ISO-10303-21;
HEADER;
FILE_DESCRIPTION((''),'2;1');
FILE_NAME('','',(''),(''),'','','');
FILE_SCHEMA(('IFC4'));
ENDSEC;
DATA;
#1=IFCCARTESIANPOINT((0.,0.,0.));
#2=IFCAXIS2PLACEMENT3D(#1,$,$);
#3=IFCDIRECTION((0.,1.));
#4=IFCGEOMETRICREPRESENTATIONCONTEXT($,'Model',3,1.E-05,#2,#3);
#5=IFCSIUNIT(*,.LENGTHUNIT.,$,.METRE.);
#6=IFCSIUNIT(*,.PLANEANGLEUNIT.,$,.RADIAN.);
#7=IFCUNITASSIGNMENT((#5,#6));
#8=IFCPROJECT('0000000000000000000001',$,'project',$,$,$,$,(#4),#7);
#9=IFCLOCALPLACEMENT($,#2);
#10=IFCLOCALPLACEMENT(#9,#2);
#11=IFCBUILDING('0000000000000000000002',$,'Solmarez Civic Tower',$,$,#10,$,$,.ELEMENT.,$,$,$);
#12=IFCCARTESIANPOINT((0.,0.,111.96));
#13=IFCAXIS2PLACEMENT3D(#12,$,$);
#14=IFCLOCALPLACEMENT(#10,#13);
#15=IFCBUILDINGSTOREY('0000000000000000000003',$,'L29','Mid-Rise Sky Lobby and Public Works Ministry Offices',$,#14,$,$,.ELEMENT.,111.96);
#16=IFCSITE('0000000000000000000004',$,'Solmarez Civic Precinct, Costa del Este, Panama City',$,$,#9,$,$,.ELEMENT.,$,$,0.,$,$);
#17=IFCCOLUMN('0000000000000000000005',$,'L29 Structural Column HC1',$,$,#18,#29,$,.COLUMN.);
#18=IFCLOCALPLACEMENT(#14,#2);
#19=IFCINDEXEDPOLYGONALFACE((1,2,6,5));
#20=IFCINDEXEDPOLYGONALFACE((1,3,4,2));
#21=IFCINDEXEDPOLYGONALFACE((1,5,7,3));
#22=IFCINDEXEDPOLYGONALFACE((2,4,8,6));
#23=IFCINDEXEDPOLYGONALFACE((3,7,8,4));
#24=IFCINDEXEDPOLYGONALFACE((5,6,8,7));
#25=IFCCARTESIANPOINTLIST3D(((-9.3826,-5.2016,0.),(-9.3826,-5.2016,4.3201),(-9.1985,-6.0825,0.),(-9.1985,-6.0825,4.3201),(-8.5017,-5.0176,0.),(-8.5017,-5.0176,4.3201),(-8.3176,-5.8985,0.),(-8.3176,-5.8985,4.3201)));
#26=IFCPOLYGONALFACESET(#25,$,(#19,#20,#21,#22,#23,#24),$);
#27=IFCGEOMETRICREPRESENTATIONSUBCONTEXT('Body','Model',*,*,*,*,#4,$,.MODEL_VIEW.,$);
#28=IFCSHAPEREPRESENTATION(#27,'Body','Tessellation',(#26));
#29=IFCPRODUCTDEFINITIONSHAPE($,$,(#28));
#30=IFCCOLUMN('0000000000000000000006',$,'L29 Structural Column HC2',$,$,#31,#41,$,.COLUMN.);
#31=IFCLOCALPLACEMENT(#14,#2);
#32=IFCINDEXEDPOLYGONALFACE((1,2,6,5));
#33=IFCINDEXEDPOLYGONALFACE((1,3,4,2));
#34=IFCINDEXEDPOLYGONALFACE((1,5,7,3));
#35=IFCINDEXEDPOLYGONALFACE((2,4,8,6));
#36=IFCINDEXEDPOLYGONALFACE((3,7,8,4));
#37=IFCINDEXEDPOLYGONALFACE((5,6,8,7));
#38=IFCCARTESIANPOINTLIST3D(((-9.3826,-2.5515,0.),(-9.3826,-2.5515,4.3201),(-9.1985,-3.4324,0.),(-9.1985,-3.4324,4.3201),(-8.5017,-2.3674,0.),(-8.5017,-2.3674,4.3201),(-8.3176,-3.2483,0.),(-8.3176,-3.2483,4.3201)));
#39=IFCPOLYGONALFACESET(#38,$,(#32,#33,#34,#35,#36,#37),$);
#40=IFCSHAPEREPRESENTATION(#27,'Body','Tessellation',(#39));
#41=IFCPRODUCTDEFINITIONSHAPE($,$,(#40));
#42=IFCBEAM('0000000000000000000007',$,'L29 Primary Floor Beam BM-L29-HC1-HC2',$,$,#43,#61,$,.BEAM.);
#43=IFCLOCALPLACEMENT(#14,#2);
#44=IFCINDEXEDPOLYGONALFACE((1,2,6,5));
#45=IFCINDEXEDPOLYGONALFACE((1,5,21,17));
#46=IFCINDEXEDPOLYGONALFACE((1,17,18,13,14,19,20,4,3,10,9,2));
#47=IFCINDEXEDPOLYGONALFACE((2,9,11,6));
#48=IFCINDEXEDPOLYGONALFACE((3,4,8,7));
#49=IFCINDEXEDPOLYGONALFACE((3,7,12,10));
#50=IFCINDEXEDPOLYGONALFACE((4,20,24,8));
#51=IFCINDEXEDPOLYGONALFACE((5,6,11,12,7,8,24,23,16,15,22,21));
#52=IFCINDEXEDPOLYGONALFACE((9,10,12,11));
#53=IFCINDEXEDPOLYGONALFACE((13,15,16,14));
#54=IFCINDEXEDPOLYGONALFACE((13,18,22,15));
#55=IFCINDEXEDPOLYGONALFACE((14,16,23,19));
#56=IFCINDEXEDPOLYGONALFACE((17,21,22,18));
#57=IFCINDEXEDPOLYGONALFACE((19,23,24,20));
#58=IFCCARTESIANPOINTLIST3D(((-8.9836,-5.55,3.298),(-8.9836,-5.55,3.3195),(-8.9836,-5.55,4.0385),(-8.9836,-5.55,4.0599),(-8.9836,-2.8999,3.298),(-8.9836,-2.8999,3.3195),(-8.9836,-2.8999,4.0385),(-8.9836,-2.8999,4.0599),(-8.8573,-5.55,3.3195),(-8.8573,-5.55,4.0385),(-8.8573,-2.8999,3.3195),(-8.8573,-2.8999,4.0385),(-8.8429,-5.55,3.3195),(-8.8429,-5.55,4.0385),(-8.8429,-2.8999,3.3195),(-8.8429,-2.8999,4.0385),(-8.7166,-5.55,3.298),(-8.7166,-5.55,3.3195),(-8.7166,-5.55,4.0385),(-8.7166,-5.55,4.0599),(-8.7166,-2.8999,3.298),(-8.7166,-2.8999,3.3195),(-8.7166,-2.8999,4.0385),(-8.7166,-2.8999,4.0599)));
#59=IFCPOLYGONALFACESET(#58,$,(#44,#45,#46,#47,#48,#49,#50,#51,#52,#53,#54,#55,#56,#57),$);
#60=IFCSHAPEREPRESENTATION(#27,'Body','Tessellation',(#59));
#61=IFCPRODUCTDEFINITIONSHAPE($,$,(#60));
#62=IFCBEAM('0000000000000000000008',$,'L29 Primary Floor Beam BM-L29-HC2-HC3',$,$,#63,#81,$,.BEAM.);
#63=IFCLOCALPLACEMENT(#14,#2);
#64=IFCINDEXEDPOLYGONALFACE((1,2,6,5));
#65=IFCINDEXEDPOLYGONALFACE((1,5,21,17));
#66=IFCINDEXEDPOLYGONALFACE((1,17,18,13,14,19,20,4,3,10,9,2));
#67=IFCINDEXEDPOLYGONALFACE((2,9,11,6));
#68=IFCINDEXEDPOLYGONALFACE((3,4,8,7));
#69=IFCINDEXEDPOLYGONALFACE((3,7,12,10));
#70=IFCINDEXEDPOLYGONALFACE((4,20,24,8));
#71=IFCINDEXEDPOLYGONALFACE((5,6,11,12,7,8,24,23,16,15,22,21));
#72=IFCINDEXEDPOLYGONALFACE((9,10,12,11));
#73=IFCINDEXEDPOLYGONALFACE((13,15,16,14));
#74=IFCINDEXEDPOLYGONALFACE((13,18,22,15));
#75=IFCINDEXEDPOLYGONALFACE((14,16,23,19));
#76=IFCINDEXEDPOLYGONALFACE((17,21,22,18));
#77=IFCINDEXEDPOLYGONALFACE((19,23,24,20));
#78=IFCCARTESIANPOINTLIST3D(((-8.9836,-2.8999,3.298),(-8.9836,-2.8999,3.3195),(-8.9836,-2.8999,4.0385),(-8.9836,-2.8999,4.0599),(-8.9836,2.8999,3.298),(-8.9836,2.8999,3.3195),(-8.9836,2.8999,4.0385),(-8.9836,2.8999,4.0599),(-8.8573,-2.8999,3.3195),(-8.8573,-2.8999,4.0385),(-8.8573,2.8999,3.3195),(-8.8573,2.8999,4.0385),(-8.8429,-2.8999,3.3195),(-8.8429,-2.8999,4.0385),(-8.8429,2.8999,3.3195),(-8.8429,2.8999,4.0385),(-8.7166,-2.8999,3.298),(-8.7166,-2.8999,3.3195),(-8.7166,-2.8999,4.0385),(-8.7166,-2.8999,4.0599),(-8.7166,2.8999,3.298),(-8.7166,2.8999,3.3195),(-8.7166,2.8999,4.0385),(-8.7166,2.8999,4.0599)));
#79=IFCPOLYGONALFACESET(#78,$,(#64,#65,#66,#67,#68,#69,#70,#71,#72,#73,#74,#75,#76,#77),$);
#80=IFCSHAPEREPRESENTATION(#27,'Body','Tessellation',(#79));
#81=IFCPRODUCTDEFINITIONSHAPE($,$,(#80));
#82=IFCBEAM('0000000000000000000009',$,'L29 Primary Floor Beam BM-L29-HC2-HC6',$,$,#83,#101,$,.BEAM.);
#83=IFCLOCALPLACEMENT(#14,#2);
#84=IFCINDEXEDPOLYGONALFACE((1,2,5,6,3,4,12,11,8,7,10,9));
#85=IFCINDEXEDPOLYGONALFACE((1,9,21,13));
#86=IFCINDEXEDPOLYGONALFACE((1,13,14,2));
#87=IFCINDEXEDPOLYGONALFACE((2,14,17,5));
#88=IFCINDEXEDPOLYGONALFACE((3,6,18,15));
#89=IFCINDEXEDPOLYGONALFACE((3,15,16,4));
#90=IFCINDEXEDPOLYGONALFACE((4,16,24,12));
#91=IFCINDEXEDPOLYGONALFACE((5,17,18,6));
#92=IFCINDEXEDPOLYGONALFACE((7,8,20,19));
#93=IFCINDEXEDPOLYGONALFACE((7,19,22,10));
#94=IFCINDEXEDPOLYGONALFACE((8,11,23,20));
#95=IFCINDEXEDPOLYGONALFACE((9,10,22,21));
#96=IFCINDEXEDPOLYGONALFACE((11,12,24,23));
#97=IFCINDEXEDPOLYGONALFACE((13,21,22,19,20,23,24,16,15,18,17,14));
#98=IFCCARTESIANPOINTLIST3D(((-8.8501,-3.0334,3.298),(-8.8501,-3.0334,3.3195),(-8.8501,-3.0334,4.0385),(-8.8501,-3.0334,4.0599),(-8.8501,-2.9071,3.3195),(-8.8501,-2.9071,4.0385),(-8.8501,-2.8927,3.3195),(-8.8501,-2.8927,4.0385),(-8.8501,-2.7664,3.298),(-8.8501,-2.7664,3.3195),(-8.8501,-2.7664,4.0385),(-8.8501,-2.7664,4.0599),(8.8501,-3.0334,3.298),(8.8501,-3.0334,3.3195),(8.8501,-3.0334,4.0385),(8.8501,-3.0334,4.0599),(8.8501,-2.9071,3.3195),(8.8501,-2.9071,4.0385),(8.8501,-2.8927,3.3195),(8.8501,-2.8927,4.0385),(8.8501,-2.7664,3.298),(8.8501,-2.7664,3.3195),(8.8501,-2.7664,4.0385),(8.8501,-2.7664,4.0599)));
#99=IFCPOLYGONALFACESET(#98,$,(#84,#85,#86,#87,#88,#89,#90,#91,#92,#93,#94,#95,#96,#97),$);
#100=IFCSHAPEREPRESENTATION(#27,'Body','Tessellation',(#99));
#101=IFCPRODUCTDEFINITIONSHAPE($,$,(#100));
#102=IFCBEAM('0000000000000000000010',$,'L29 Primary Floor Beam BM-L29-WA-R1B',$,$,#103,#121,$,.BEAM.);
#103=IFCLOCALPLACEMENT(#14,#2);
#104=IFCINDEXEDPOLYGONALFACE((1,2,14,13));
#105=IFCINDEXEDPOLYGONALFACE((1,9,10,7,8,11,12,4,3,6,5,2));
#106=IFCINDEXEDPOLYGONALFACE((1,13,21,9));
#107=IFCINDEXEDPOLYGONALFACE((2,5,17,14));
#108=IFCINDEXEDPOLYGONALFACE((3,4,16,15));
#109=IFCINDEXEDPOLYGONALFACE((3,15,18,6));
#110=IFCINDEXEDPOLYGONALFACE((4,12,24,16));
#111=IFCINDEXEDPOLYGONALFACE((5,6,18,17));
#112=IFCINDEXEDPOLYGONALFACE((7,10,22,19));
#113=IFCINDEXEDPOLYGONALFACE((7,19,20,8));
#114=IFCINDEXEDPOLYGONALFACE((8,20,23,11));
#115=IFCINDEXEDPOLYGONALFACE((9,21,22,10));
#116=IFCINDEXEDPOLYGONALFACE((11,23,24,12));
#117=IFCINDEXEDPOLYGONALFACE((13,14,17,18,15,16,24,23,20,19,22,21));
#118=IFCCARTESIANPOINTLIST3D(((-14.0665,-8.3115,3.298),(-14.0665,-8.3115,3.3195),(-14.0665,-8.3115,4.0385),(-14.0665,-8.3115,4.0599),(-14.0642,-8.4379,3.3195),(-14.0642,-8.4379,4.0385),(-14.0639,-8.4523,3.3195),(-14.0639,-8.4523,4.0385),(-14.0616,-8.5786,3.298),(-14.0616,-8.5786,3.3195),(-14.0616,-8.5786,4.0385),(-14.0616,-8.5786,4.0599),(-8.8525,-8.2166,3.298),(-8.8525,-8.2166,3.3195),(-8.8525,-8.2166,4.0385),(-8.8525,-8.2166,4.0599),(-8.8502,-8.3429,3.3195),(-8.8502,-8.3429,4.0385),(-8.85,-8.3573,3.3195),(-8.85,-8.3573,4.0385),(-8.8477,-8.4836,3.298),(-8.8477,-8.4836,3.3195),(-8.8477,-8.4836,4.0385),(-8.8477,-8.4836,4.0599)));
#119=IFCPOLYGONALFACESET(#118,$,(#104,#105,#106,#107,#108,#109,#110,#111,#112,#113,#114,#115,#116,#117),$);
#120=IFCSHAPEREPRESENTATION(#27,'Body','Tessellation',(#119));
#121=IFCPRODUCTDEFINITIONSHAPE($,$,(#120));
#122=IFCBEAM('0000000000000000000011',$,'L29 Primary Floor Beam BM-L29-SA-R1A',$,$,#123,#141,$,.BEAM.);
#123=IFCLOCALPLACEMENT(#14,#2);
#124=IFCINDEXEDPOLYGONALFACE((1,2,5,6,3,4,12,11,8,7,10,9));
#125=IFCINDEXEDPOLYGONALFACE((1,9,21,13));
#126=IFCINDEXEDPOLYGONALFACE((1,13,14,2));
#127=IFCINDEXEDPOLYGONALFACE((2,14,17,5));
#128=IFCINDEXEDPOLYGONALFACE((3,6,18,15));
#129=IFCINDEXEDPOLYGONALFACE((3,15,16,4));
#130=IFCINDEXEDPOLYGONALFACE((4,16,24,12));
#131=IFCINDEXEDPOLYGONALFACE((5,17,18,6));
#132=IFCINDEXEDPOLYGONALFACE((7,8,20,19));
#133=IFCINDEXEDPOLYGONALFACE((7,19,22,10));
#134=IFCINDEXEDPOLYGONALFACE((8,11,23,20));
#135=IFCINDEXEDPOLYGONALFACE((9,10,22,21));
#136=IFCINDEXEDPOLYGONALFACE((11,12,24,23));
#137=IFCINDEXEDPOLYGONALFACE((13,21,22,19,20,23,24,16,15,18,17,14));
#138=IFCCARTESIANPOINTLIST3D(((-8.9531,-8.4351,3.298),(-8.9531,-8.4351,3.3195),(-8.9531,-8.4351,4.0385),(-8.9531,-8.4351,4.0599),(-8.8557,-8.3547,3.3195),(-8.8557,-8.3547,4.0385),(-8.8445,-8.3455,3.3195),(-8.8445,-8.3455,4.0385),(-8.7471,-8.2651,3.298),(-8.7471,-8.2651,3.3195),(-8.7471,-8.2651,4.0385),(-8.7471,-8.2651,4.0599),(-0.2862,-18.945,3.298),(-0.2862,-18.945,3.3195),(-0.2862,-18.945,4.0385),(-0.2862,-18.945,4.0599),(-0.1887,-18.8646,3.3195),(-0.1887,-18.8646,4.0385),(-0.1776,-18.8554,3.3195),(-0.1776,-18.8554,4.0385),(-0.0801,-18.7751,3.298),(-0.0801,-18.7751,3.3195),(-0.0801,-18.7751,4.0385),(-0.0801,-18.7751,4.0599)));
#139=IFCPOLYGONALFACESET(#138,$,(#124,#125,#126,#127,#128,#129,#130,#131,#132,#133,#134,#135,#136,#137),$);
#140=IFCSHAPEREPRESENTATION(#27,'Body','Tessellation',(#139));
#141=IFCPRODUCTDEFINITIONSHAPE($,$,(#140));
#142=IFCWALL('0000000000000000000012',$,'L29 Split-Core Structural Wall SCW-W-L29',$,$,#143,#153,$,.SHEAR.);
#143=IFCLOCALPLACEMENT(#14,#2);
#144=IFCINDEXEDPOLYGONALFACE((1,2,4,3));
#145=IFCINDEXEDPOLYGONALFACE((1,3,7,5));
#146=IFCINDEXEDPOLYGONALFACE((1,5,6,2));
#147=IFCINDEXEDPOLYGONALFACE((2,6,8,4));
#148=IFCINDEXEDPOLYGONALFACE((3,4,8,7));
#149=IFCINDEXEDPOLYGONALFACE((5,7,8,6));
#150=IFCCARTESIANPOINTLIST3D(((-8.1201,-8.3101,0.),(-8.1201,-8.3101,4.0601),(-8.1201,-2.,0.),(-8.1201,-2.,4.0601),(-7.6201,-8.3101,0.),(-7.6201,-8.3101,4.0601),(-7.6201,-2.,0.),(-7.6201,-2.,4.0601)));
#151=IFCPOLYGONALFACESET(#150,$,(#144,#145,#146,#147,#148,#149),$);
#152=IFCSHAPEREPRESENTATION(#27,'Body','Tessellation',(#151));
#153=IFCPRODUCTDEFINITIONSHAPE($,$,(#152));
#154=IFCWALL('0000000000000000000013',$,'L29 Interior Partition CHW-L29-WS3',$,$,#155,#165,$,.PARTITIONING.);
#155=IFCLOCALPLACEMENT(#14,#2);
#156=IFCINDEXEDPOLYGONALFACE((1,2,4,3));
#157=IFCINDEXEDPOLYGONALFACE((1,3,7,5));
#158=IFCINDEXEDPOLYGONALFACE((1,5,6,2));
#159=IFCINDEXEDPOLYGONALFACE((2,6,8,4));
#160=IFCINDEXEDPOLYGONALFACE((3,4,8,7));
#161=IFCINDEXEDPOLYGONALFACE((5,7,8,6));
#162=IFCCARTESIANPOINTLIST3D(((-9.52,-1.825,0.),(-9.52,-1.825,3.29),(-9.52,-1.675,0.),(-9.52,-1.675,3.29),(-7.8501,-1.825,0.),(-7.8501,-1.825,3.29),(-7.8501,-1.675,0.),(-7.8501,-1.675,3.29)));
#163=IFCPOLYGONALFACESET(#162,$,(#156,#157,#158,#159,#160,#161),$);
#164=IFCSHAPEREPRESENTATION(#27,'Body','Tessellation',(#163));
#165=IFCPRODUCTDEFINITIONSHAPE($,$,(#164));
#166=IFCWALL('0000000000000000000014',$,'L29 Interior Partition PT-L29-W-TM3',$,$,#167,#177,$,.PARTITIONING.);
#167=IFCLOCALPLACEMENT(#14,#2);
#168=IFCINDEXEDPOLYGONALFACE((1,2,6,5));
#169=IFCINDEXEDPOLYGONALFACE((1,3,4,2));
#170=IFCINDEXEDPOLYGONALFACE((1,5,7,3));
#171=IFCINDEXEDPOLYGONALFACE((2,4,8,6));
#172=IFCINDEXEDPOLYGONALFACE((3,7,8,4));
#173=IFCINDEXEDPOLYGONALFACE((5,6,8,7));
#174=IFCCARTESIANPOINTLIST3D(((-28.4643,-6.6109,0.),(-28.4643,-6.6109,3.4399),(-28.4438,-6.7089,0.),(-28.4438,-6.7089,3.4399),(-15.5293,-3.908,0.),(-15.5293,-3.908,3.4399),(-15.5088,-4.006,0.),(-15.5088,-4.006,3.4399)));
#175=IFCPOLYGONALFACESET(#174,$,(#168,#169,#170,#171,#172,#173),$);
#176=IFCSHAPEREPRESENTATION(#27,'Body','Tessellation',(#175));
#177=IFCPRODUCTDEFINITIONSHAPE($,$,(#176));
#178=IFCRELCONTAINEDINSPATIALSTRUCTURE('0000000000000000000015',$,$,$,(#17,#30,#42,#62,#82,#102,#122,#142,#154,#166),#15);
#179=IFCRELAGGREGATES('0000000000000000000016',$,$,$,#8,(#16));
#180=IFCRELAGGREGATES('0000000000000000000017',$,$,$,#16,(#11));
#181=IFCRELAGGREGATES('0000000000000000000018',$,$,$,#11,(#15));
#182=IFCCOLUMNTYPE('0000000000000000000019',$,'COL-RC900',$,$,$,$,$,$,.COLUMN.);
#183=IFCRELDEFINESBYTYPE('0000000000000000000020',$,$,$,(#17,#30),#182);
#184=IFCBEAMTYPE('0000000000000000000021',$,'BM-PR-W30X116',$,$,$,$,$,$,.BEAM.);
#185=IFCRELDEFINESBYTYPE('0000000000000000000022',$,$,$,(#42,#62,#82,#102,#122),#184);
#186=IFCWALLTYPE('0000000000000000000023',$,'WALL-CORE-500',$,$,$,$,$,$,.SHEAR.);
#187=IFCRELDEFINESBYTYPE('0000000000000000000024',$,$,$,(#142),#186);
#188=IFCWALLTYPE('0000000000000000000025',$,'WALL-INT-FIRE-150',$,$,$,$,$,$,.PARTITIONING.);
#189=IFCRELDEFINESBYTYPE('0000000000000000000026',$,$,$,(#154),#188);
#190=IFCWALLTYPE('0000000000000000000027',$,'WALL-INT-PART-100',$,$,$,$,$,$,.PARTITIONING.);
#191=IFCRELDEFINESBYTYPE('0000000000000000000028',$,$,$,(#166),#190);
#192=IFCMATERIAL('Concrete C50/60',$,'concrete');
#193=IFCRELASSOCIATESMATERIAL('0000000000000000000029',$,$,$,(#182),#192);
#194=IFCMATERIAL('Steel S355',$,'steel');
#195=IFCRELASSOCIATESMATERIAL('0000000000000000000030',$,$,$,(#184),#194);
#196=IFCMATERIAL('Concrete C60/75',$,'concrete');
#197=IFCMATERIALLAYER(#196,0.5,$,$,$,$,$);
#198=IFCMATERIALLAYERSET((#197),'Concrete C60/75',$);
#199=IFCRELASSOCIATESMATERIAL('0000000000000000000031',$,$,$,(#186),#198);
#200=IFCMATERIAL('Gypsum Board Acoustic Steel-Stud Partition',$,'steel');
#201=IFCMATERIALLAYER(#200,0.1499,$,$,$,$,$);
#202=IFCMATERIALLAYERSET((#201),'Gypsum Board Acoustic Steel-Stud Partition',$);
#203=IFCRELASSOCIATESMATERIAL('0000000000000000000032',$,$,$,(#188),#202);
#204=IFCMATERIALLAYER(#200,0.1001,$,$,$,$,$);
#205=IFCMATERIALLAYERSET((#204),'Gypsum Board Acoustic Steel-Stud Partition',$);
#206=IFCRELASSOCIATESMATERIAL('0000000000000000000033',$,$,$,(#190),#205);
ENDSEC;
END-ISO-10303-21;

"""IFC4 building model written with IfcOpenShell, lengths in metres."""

from ifc_helpers import new_model, si_unit, direction, frame, frame_2d, origin, origin_2d, place, context, subcontext, project, spatial, rectangle, i_section, extrude, material, layer, layer_set, material_profile, profile_set, type_object, element, save


model = new_model("IFC4")

# Units and contexts
model_context = context("Model", 3, precision=1e-05, world=origin(), true_north=direction((0.0, 1.0)))
body_context = subcontext(model_context, "Body", "Model", "MODEL_VIEW")
ifc_project = project(units=[si_unit("LENGTHUNIT", "METRE"), si_unit("PLANEANGLEUNIT", "RADIAN")], contexts=[model_context])

# Site, building, storey
site_placement = place(None, origin())
site = spatial("IfcSite", under=ifc_project, at=site_placement, Name="Solmarez Civic Precinct, Costa del Este, Panama City", CompositionType="ELEMENT", RefElevation=0.0)
building_placement = place(site_placement, origin())
building = spatial("IfcBuilding", under=site, at=building_placement, Name="Solmarez Civic Tower", CompositionType="ELEMENT")
storey_placement = place(building_placement, frame((0.0, 0.0, 111.96)))
storey = spatial("IfcBuildingStorey", under=building, at=storey_placement, Name="L29", Description="Mid-Rise Sky Lobby and Public Works Ministry Offices", CompositionType="ELEMENT", Elevation=111.96)

# Columns
ifc_material_1 = material(Name="Concrete C50/60", Category="concrete")
ifc_material_profile_1 = material_profile(ifc_material_1, rectangle(XDim=0.8999, YDim=0.8999, at=origin_2d()), Name="RC900X900")
ifc_profile_set_1 = profile_set([ifc_material_profile_1], Name="Concrete C50/60")
column_type = type_object("IfcColumnType", Name="COL-RC900", PredefinedType="COLUMN", material=ifc_profile_set_1)
for number, where, z_axis, x_axis, name in (
    (1, (-8.8501, -5.55, 0.0), (0.0, 0.0, 1.0), (0.978867, 0.204496, 0.0), "L29 Structural Column HC1"),
    (2, (-8.8501, -2.8999, 0.0), (0.0, 0.0, 1.0), (0.978867, 0.204496, 0.0), "L29 Structural Column HC2"),
):
    element("IfcColumn", number, at=place(storey_placement, frame(where, z_axis=z_axis, x_axis=x_axis)), inside=storey, type_object=column_type, Name=name, PredefinedType="COLUMN", context=body_context, shape_type="SweptSolid", body=[
        extrude(rectangle(XDim=0.8999, YDim=0.8999, at=origin_2d()), origin(), (0.0, 0.0, 1.0), 4.3201),
    ])

# Beams
ifc_material_2 = material(Name="Steel S355", Category="steel")
ifc_material_profile_2 = material_profile(ifc_material_2, i_section(OverallWidth=0.2671, OverallDepth=0.762, WebThickness=0.0144, FlangeThickness=0.0215, at=origin_2d()), Name="W30X116")
ifc_profile_set_2 = profile_set([ifc_material_profile_2], Name="Steel S355")
beam_type = type_object("IfcBeamType", Name="BM-PR-W30X116", PredefinedType="BEAM", material=ifc_profile_set_2)
beam_1_placement = place(storey_placement, frame((-8.8501, -5.55, 3.679), z_axis=(0.0, 1.0, 0.0), x_axis=(-1.0, 0.0, 0.0)))
element("IfcBeam", 3, at=beam_1_placement, inside=storey, type_object=beam_type, Name="L29 Primary Floor Beam BM-L29-HC1-HC2", PredefinedType="BEAM", context=body_context, shape_type="SweptSolid", body=[
    extrude(i_section(OverallWidth=0.2671, OverallDepth=0.762, WebThickness=0.0144, FlangeThickness=0.0215, at=origin_2d()), origin(), (0.0, 0.0, 1.0), 2.6501),
])
beam_2_placement = place(storey_placement, frame((-8.8501, -2.8999, 3.679), z_axis=(0.0, 1.0, 0.0), x_axis=(-1.0, 0.0, 0.0)))
element("IfcBeam", 4, at=beam_2_placement, inside=storey, type_object=beam_type, Name="L29 Primary Floor Beam BM-L29-HC2-HC3", PredefinedType="BEAM", context=body_context, shape_type="SweptSolid", body=[
    extrude(i_section(OverallWidth=0.2671, OverallDepth=0.762, WebThickness=0.0144, FlangeThickness=0.0215, at=origin_2d()), origin(), (0.0, 0.0, 1.0), 5.7998),
])
beam_3_placement = place(storey_placement, frame((-8.8501, -2.8999, 3.679), z_axis=(1.0, 0.0, 0.0), x_axis=(0.0, 1.0, 0.0)))
element("IfcBeam", 5, at=beam_3_placement, inside=storey, type_object=beam_type, Name="L29 Primary Floor Beam BM-L29-HC2-HC6", PredefinedType="BEAM", context=body_context, shape_type="SweptSolid", body=[
    extrude(i_section(OverallWidth=0.2671, OverallDepth=0.762, WebThickness=0.0144, FlangeThickness=0.0215, at=origin_2d()), origin(), (0.0, 0.0, 1.0), 17.7002),
])
beam_4_placement = place(storey_placement, frame((-8.8501, -8.3501, 3.679), z_axis=(-0.999834, -0.018212, 0.0), x_axis=(0.018212, -0.999834, 0.0)))
element("IfcBeam", 6, at=beam_4_placement, inside=storey, type_object=beam_type, Name="L29 Primary Floor Beam BM-L29-WA-R1B", PredefinedType="BEAM", context=body_context, shape_type="SweptSolid", body=[
    extrude(i_section(OverallWidth=0.2671, OverallDepth=0.762, WebThickness=0.0144, FlangeThickness=0.0215, at=origin_2d()), origin(), (0.0, 0.0, 1.0), 5.2148),
])
beam_5_placement = place(storey_placement, frame((-8.8501, -8.3501, 3.679), z_axis=(0.636218, -0.771509, 0.0), x_axis=(0.771509, 0.636218, 0.0)))
element("IfcBeam", 7, at=beam_5_placement, inside=storey, type_object=beam_type, Name="L29 Primary Floor Beam BM-L29-SA-R1A", PredefinedType="BEAM", context=body_context, shape_type="SweptSolid", body=[
    extrude(i_section(OverallWidth=0.2671, OverallDepth=0.762, WebThickness=0.0144, FlangeThickness=0.0215, at=origin_2d()), origin(), (0.0, 0.0, 1.0), 13.6226),
])

# Shared definitions
ifc_material_3 = material(Name="Concrete C60/75", Category="concrete")
ifc_layer_1 = layer(ifc_material_3, 0.5)
ifc_layer_set_1 = layer_set([ifc_layer_1], Name="Concrete C60/75")
wall_type_1 = type_object("IfcWallType", Name="WALL-CORE-500", PredefinedType="SHEAR", material=ifc_layer_set_1)

# Walls
wall_1_placement = place(storey_placement, frame((-7.8701, -8.3101, 0.0), z_axis=(0.0, 0.0, 1.0), x_axis=(0.0, 1.0, 0.0)))
element("IfcWall", 8, at=wall_1_placement, inside=storey, type_object=wall_type_1, Name="L29 Split-Core Structural Wall SCW-W-L29", PredefinedType="SHEAR", context=body_context, shape_type="SweptSolid", body=[
    extrude(rectangle(XDim=6.3101, YDim=0.5, at=frame_2d((3.155, 0.0))), origin(), (0.0, 0.0, 1.0), 4.0601),
])
ifc_material_4 = material(Name="Gypsum Board Acoustic Steel-Stud Partition", Category="steel")
ifc_layer_2 = layer(ifc_material_4, 0.1499)
ifc_layer_set_2 = layer_set([ifc_layer_2], Name="Gypsum Board Acoustic Steel-Stud Partition")
wall_type_2 = type_object("IfcWallType", Name="WALL-INT-FIRE-150", PredefinedType="PARTITIONING", material=ifc_layer_set_2)
wall_2_placement = place(storey_placement, frame((-7.8501, -1.75, 0.0), z_axis=(0.0, 0.0, 1.0), x_axis=(-1.0, 0.0, 0.0)))
element("IfcWall", 9, at=wall_2_placement, inside=storey, type_object=wall_type_2, Name="L29 Interior Partition CHW-L29-WS3", PredefinedType="PARTITIONING", context=body_context, shape_type="SweptSolid", body=[
    extrude(rectangle(XDim=1.6699, YDim=0.1499, at=frame_2d((0.835, 0.0))), origin(), (0.0, 0.0, 1.0), 3.29),
])
ifc_layer_3 = layer(ifc_material_4, 0.1001)
ifc_layer_set_3 = layer_set([ifc_layer_3], Name="Gypsum Board Acoustic Steel-Stud Partition")
wall_type_3 = type_object("IfcWallType", Name="WALL-INT-PART-100", PredefinedType="PARTITIONING", material=ifc_layer_set_3)
wall_3_placement = place(storey_placement, frame((-15.519, -3.957, 0.0), z_axis=(0.0, 0.0, 1.0), x_axis=(-0.978858, -0.20454, 0.0)))
element("IfcWall", 10, at=wall_3_placement, inside=storey, type_object=wall_type_3, Name="L29 Interior Partition PT-L29-W-TM3", PredefinedType="PARTITIONING", context=body_context, shape_type="SweptSolid", body=[
    extrude(rectangle(XDim=13.2144, YDim=0.1001, at=frame_2d((6.6072, 0.0))), origin(), (0.0, 0.0, 1.0), 3.4399),
])

save(model, "model.ifc")
